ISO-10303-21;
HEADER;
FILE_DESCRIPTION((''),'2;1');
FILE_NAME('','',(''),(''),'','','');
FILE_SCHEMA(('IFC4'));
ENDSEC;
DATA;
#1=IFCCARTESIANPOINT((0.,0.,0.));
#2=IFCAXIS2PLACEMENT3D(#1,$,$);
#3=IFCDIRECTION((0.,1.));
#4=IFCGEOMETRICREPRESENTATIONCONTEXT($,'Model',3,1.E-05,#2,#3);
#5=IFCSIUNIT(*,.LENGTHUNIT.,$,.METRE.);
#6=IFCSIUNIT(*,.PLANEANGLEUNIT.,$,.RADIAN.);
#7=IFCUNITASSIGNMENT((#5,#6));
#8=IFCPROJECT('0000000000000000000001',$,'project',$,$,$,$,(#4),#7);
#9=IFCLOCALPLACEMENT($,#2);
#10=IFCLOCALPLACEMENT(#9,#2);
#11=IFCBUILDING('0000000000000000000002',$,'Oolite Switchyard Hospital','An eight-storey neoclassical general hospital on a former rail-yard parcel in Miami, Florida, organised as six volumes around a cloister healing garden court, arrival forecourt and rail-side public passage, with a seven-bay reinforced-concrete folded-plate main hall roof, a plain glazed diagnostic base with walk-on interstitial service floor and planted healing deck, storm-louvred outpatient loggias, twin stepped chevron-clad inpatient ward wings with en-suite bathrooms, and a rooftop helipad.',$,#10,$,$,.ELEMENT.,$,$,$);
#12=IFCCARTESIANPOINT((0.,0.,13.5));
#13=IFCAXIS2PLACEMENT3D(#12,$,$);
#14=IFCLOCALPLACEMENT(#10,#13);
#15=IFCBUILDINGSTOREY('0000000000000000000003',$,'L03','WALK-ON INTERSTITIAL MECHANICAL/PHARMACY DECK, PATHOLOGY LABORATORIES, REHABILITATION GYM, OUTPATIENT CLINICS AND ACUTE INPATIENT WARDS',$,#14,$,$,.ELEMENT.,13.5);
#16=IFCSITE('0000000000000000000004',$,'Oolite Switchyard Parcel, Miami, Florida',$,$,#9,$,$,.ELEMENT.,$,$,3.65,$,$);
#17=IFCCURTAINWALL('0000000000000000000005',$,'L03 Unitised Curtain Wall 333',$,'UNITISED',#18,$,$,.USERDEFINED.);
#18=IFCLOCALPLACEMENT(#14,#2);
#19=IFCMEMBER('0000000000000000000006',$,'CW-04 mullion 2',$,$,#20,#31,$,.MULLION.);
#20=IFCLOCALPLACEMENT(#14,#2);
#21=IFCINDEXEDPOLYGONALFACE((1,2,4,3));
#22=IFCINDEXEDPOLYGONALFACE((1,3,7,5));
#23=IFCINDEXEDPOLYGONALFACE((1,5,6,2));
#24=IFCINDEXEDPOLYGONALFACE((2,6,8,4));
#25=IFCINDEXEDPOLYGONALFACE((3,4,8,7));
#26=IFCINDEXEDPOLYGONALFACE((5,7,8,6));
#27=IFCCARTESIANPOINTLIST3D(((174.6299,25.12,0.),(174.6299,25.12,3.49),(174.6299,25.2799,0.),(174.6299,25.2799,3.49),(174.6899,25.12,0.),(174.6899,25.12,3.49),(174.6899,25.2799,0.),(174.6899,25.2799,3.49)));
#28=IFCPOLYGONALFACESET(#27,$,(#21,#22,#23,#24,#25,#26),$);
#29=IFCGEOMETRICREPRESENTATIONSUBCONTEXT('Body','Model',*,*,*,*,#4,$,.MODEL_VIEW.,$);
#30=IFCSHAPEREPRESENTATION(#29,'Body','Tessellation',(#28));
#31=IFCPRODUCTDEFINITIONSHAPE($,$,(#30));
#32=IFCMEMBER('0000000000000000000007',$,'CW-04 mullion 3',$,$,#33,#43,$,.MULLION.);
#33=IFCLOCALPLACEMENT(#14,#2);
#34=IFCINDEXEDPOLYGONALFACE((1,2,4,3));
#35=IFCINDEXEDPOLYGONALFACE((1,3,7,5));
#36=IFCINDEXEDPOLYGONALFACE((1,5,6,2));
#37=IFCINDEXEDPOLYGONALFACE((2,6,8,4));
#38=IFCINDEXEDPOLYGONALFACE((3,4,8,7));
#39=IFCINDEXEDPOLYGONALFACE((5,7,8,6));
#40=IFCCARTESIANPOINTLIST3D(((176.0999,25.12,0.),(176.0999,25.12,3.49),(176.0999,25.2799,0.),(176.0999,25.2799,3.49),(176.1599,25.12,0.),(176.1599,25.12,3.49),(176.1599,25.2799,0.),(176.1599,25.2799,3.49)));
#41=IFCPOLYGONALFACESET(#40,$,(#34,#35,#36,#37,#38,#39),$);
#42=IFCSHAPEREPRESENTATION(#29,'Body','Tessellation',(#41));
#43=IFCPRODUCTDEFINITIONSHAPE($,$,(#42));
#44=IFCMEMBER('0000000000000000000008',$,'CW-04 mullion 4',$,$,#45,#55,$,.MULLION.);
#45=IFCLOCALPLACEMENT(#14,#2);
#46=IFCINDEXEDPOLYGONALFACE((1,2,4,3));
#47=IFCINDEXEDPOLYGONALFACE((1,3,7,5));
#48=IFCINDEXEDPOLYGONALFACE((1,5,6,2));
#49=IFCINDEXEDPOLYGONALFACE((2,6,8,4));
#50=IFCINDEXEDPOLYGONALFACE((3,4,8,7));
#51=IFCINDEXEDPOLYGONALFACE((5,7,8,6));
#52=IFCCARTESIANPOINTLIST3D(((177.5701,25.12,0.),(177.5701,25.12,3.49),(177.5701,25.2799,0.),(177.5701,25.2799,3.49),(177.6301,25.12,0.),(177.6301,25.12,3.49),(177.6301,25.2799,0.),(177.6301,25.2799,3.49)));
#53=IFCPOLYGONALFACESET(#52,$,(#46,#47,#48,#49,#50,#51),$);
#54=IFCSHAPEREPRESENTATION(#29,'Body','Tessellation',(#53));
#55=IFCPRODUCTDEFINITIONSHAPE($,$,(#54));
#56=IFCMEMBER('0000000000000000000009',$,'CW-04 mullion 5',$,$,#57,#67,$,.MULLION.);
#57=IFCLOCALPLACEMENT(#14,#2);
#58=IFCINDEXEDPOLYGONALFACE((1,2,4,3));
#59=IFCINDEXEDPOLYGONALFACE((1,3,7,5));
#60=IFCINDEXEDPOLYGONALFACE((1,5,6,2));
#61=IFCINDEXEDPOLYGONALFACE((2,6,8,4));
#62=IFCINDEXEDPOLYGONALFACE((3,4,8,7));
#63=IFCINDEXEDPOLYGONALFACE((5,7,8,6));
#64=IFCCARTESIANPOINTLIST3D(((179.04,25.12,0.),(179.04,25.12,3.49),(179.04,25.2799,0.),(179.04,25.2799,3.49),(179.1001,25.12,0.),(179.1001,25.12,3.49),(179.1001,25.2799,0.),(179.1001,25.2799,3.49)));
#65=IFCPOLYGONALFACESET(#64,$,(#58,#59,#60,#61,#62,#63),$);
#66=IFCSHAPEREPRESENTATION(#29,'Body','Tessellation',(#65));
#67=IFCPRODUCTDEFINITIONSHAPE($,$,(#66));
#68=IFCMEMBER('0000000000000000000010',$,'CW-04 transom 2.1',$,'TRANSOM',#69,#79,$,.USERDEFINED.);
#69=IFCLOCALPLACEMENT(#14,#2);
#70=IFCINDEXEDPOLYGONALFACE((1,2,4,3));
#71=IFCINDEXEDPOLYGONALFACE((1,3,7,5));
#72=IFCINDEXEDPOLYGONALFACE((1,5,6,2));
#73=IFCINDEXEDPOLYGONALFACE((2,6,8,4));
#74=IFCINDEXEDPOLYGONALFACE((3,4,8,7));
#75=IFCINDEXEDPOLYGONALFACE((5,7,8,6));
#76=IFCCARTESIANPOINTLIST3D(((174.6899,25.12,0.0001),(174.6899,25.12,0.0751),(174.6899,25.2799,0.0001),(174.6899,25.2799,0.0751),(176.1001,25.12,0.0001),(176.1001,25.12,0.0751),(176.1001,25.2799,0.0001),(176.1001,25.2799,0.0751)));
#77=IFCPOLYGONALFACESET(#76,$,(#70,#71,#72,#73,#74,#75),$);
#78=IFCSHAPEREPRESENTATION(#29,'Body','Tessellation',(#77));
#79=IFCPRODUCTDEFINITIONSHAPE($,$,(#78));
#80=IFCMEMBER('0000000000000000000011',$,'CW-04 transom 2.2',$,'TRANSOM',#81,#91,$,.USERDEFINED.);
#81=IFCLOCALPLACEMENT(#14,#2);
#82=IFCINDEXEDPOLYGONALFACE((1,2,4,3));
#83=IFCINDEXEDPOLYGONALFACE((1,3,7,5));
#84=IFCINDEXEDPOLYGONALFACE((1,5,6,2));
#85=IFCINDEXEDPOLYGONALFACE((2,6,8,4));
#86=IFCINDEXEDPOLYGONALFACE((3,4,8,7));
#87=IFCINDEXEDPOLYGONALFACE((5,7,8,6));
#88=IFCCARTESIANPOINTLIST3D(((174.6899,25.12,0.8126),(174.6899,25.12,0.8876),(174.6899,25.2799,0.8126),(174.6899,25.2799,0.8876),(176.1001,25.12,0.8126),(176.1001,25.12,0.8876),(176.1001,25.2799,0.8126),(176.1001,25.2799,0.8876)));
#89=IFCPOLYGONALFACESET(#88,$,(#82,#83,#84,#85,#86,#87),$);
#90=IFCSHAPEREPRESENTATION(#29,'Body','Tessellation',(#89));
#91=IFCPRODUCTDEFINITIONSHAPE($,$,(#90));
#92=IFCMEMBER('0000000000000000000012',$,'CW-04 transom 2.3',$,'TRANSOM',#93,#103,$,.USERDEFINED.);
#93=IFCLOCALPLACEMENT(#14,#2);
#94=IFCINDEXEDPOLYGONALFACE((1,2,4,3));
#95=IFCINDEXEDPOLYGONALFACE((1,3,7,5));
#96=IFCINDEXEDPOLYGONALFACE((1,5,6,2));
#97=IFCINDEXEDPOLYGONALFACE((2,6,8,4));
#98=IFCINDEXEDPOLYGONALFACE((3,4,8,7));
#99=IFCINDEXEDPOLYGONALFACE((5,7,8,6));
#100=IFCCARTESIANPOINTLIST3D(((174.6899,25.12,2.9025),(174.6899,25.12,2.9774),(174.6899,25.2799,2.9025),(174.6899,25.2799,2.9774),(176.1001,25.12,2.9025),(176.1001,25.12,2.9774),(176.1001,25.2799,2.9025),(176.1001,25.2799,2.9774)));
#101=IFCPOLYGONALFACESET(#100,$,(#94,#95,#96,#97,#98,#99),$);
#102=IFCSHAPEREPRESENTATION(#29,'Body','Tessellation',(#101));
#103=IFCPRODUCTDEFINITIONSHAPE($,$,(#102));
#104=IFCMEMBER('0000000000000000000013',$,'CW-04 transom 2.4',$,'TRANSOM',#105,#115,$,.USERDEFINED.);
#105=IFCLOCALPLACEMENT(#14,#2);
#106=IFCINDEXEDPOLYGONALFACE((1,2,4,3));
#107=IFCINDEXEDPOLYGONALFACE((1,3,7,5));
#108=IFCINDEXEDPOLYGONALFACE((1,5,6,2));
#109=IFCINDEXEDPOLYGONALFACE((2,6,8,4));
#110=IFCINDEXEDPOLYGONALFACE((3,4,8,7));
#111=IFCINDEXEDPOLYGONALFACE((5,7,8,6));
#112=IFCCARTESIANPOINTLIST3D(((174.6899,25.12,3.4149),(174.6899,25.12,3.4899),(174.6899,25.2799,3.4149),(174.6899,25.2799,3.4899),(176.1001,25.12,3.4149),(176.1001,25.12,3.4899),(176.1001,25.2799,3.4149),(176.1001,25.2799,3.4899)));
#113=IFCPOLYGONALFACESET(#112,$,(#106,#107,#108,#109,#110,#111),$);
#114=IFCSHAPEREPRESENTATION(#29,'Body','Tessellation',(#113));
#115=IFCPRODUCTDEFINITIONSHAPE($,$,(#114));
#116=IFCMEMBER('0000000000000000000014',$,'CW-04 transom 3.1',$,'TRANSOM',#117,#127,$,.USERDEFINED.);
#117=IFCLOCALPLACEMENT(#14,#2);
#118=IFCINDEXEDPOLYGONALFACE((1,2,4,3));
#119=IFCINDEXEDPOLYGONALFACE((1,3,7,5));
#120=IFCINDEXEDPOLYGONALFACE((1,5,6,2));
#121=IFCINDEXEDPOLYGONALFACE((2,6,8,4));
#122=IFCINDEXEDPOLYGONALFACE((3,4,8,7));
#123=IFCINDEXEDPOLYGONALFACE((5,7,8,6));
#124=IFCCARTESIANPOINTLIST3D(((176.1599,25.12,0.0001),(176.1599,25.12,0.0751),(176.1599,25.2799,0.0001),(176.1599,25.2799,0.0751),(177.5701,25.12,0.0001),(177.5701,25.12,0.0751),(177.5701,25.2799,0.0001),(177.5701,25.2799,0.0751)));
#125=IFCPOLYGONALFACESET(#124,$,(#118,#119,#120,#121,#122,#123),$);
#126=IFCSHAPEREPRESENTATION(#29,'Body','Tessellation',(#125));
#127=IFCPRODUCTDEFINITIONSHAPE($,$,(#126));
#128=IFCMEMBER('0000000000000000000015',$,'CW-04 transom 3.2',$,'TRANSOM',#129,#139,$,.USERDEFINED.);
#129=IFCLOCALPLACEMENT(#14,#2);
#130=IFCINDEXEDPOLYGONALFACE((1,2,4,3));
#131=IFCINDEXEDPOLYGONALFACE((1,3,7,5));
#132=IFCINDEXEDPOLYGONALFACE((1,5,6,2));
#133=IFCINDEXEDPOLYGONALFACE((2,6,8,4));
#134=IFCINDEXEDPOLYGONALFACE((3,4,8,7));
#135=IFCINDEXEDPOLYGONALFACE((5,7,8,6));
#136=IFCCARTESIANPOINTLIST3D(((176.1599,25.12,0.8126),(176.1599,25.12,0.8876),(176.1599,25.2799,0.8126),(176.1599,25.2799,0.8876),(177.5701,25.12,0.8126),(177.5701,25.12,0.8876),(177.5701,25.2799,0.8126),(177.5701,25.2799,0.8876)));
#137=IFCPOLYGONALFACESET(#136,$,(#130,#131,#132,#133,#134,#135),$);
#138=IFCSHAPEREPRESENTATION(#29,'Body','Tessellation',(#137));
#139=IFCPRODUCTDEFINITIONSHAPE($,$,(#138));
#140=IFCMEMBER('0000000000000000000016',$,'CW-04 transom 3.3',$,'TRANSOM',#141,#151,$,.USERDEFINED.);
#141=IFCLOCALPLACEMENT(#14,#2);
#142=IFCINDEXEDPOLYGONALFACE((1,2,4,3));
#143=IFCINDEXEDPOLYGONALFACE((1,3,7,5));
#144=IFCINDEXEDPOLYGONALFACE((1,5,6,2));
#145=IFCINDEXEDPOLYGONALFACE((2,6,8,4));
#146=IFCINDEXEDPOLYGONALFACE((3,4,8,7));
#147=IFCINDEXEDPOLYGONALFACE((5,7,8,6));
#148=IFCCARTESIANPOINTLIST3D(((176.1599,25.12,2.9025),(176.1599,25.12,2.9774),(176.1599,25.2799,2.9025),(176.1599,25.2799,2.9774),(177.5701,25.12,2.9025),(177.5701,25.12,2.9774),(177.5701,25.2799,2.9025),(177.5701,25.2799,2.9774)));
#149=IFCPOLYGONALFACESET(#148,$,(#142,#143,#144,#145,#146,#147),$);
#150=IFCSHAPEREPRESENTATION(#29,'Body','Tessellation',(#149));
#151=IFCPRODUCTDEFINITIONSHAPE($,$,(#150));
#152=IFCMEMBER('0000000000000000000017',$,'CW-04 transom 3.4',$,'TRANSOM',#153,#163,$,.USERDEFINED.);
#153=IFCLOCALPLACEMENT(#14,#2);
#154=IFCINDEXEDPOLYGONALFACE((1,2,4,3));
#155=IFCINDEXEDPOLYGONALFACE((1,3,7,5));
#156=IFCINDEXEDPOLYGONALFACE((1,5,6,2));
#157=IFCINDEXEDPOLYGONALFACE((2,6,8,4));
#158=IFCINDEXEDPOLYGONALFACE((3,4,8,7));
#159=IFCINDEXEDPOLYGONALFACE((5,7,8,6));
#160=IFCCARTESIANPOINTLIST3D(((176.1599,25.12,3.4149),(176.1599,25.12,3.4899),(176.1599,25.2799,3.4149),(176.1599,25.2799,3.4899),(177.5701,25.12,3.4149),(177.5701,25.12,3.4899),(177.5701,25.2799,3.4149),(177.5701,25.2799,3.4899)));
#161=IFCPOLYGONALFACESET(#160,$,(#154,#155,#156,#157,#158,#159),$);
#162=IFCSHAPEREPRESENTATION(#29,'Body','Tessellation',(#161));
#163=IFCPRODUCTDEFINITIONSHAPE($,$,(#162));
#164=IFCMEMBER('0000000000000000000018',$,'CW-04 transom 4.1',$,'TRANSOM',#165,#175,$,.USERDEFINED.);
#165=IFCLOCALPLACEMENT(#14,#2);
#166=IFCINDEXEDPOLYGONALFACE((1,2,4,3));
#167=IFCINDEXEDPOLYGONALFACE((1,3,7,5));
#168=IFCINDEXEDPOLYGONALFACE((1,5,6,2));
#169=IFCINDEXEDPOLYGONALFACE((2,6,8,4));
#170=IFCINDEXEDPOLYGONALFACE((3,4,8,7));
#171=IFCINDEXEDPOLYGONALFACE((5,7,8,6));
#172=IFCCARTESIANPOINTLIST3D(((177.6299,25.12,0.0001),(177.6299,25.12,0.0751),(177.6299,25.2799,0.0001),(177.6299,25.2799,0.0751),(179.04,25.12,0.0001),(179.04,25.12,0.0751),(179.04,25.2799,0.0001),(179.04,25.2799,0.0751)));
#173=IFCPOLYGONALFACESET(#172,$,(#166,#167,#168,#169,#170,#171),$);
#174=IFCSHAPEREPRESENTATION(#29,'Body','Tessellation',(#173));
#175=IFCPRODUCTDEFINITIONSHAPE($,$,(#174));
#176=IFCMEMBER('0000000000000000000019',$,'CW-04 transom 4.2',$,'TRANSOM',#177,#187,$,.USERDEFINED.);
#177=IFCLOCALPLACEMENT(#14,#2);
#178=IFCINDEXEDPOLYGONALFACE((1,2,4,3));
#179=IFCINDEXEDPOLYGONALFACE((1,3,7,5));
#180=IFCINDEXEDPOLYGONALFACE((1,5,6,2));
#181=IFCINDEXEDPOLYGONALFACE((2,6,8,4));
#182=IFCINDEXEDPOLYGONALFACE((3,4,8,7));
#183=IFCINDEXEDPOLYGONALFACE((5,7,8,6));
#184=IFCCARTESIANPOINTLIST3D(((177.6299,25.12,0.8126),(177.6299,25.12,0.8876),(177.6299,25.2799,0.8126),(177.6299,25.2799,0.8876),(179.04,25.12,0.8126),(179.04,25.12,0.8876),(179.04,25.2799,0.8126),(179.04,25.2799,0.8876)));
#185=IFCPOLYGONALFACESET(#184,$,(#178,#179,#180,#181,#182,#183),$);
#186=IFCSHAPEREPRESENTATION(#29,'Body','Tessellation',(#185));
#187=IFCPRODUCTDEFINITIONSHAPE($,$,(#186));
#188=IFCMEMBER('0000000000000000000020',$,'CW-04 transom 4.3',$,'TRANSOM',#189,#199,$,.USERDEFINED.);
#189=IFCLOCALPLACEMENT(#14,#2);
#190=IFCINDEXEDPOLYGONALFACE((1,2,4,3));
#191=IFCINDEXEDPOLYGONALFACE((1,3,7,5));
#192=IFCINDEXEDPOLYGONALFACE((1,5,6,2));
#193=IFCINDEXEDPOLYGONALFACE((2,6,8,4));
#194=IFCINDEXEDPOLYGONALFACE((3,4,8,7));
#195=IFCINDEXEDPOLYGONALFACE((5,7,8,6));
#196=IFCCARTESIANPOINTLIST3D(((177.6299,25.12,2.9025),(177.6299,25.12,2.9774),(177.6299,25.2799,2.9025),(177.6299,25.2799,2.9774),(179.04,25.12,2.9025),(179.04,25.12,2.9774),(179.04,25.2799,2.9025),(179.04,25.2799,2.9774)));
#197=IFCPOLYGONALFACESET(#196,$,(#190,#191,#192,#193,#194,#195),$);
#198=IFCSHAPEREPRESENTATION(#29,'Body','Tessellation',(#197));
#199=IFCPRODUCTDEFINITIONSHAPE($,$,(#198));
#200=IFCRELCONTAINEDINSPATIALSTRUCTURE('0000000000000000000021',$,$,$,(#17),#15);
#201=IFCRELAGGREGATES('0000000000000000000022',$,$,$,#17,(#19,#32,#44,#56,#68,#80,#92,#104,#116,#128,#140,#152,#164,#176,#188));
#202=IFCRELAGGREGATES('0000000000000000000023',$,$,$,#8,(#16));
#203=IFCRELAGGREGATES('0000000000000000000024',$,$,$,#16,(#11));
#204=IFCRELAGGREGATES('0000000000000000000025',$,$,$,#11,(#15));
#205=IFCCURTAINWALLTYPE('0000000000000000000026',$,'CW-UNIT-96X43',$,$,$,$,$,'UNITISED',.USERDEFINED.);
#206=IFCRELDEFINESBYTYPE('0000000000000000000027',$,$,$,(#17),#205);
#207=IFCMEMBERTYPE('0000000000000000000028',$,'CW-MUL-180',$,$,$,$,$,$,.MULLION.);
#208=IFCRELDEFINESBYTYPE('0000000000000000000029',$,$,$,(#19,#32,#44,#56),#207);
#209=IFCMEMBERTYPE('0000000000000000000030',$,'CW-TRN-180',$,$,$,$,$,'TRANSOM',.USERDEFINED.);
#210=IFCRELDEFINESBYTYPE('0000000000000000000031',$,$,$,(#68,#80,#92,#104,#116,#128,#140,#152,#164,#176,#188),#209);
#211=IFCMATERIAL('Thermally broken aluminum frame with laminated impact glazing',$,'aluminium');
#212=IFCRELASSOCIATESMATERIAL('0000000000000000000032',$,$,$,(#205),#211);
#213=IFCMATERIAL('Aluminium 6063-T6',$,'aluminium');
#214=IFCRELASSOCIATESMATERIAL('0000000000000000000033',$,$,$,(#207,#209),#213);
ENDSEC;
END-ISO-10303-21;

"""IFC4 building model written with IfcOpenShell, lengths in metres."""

from ifc_helpers import new_model, si_unit, direction, frame, origin, origin_2d, place, context, subcontext, project, spatial, rectangle, extrude, material, material_profile, profile_set, type_object, element, aggregate, save


model = new_model("IFC4")

# Units and contexts
model_context = context("Model", 3, precision=1e-05, world=origin(), true_north=direction((0.0, 1.0)))
body_context = subcontext(model_context, "Body", "Model", "MODEL_VIEW")
ifc_project = project(units=[si_unit("LENGTHUNIT", "METRE"), si_unit("PLANEANGLEUNIT", "RADIAN")], contexts=[model_context])

# Site, building, storey
site_placement = place(None, origin())
site = spatial("IfcSite", under=ifc_project, at=site_placement, Name="Oolite Switchyard Parcel, Miami, Florida", CompositionType="ELEMENT", RefElevation=3.65)
building_placement = place(site_placement, origin())
building = spatial("IfcBuilding", under=site, at=building_placement, Name="Oolite Switchyard Hospital", Description="An eight-storey neoclassical general hospital on a former rail-yard parcel in Miami, Florida, organised as six volumes around a cloister healing garden court, arrival forecourt and rail-side public passage, with a seven-bay reinforced-concrete folded-plate main hall roof, a plain glazed diagnostic base with walk-on interstitial service floor and planted healing deck, storm-louvred outpatient loggias, twin stepped chevron-clad inpatient ward wings with en-suite bathrooms, and a rooftop helipad.", CompositionType="ELEMENT")
storey_placement = place(building_placement, frame((0.0, 0.0, 13.5)))
storey = spatial("IfcBuildingStorey", under=building, at=storey_placement, Name="L03", Description="WALK-ON INTERSTITIAL MECHANICAL/PHARMACY DECK, PATHOLOGY LABORATORIES, REHABILITATION GYM, OUTPATIENT CLINICS AND ACUTE INPATIENT WARDS", CompositionType="ELEMENT", Elevation=13.5)

# Curtain wall, members
ifc_material_1 = material(Name="Thermally broken aluminum frame with laminated impact glazing", Category="aluminium")
curtain_wall_type = type_object("IfcCurtainWallType", Name="CW-UNIT-96X43", ElementType="UNITISED", PredefinedType="USERDEFINED", material=ifc_material_1)
curtain_wall_placement = place(storey_placement, origin())
curtain_wall = element("IfcCurtainWall", 1, at=curtain_wall_placement, inside=storey, type_object=curtain_wall_type, Name="L03 Unitised Curtain Wall 333", ObjectType="UNITISED", PredefinedType="USERDEFINED")
ifc_material_2 = material(Name="Aluminium 6063-T6", Category="aluminium")
ifc_material_profile_1 = material_profile(ifc_material_2, rectangle(XDim=0.1599, YDim=0.0601, at=origin_2d()), Name="CWM60X160")
ifc_profile_set_1 = profile_set([ifc_material_profile_1], Name="Aluminium 6063-T6")
member_type_1 = type_object("IfcMemberType", Name="CW-MUL-180", PredefinedType="MULLION", material=ifc_profile_set_1)
member_1_placement = place(storey_placement, frame((174.6599, 25.2, 0.0), z_axis=(0.0, 0.0, 1.0), x_axis=(0.0, 1.0, 0.0)))
member_1 = element("IfcMember", 2, at=member_1_placement, type_object=member_type_1, Name="CW-04 mullion 2", PredefinedType="MULLION", context=body_context, shape_type="SweptSolid", body=[
    extrude(rectangle(XDim=0.1599, YDim=0.0601, at=origin_2d()), origin(), (0.0, 0.0, 1.0), 3.49),
])
member_2_placement = place(storey_placement, frame((176.1299, 25.2, 0.0), z_axis=(0.0, 0.0, 1.0), x_axis=(0.0, 1.0, 0.0)))
member_2 = element("IfcMember", 3, at=member_2_placement, type_object=member_type_1, Name="CW-04 mullion 3", PredefinedType="MULLION", context=body_context, shape_type="SweptSolid", body=[
    extrude(rectangle(XDim=0.1599, YDim=0.0601, at=origin_2d()), origin(), (0.0, 0.0, 1.0), 3.49),
])
member_3_placement = place(storey_placement, frame((177.6001, 25.2, 0.0), z_axis=(0.0, 0.0, 1.0), x_axis=(0.0, 1.0, 0.0)))
member_3 = element("IfcMember", 4, at=member_3_placement, type_object=member_type_1, Name="CW-04 mullion 4", PredefinedType="MULLION", context=body_context, shape_type="SweptSolid", body=[
    extrude(rectangle(XDim=0.1599, YDim=0.0601, at=origin_2d()), origin(), (0.0, 0.0, 1.0), 3.49),
])
member_4_placement = place(storey_placement, frame((179.0701, 25.2, 0.0), z_axis=(0.0, 0.0, 1.0), x_axis=(0.0, 1.0, 0.0)))
member_4 = element("IfcMember", 5, at=member_4_placement, type_object=member_type_1, Name="CW-04 mullion 5", PredefinedType="MULLION", context=body_context, shape_type="SweptSolid", body=[
    extrude(rectangle(XDim=0.1599, YDim=0.0601, at=origin_2d()), origin(), (0.0, 0.0, 1.0), 3.49),
])
ifc_material_profile_2 = material_profile(ifc_material_2, rectangle(XDim=0.1599, YDim=0.075, at=origin_2d()), Name="CWT75X160")
ifc_profile_set_2 = profile_set([ifc_material_profile_2], Name="Aluminium 6063-T6")
member_type_2 = type_object("IfcMemberType", Name="CW-TRN-180", ElementType="TRANSOM", PredefinedType="USERDEFINED", material=ifc_profile_set_2)
member_5_placement = place(storey_placement, frame((174.6899, 25.2, 0.0376), z_axis=(1.0, 0.0, 0.0), x_axis=(0.0, 1.0, 0.0)))
member_5 = element("IfcMember", 6, at=member_5_placement, type_object=member_type_2, Name="CW-04 transom 2.1", ObjectType="TRANSOM", PredefinedType="USERDEFINED", context=body_context, shape_type="SweptSolid", body=[
    extrude(rectangle(XDim=0.1599, YDim=0.075, at=origin_2d()), origin(), (0.0, 0.0, 1.0), 1.4102),
])
member_6_placement = place(storey_placement, frame((174.6899, 25.2, 0.8501), z_axis=(1.0, 0.0, 0.0), x_axis=(0.0, 1.0, 0.0)))
member_6 = element("IfcMember", 7, at=member_6_placement, type_object=member_type_2, Name="CW-04 transom 2.2", ObjectType="TRANSOM", PredefinedType="USERDEFINED", context=body_context, shape_type="SweptSolid", body=[
    extrude(rectangle(XDim=0.1599, YDim=0.075, at=origin_2d()), origin(), (0.0, 0.0, 1.0), 1.4102),
])
member_7_placement = place(storey_placement, frame((174.6899, 25.2, 2.9399), z_axis=(1.0, 0.0, 0.0), x_axis=(0.0, 1.0, 0.0)))
member_7 = element("IfcMember", 8, at=member_7_placement, type_object=member_type_2, Name="CW-04 transom 2.3", ObjectType="TRANSOM", PredefinedType="USERDEFINED", context=body_context, shape_type="SweptSolid", body=[
    extrude(rectangle(XDim=0.1599, YDim=0.075, at=origin_2d()), origin(), (0.0, 0.0, 1.0), 1.4102),
])
member_8_placement = place(storey_placement, frame((174.6899, 25.2, 3.4524), z_axis=(1.0, 0.0, 0.0), x_axis=(0.0, 1.0, 0.0)))
member_8 = element("IfcMember", 9, at=member_8_placement, type_object=member_type_2, Name="CW-04 transom 2.4", ObjectType="TRANSOM", PredefinedType="USERDEFINED", context=body_context, shape_type="SweptSolid", body=[
    extrude(rectangle(XDim=0.1599, YDim=0.075, at=origin_2d()), origin(), (0.0, 0.0, 1.0), 1.4102),
])
member_9_placement = place(storey_placement, frame((176.1599, 25.2, 0.0376), z_axis=(1.0, 0.0, 0.0), x_axis=(0.0, 1.0, 0.0)))
member_9 = element("IfcMember", 10, at=member_9_placement, type_object=member_type_2, Name="CW-04 transom 3.1", ObjectType="TRANSOM", PredefinedType="USERDEFINED", context=body_context, shape_type="SweptSolid", body=[
    extrude(rectangle(XDim=0.1599, YDim=0.075, at=origin_2d()), origin(), (0.0, 0.0, 1.0), 1.4102),
])
member_10_placement = place(storey_placement, frame((176.1599, 25.2, 0.8501), z_axis=(1.0, 0.0, 0.0), x_axis=(0.0, 1.0, 0.0)))
member_10 = element("IfcMember", 11, at=member_10_placement, type_object=member_type_2, Name="CW-04 transom 3.2", ObjectType="TRANSOM", PredefinedType="USERDEFINED", context=body_context, shape_type="SweptSolid", body=[
    extrude(rectangle(XDim=0.1599, YDim=0.075, at=origin_2d()), origin(), (0.0, 0.0, 1.0), 1.4102),
])
member_11_placement = place(storey_placement, frame((176.1599, 25.2, 2.9399), z_axis=(1.0, 0.0, 0.0), x_axis=(0.0, 1.0, 0.0)))
member_11 = element("IfcMember", 12, at=member_11_placement, type_object=member_type_2, Name="CW-04 transom 3.3", ObjectType="TRANSOM", PredefinedType="USERDEFINED", context=body_context, shape_type="SweptSolid", body=[
    extrude(rectangle(XDim=0.1599, YDim=0.075, at=origin_2d()), origin(), (0.0, 0.0, 1.0), 1.4102),
])
member_12_placement = place(storey_placement, frame((176.1599, 25.2, 3.4524), z_axis=(1.0, 0.0, 0.0), x_axis=(0.0, 1.0, 0.0)))
member_12 = element("IfcMember", 13, at=member_12_placement, type_object=member_type_2, Name="CW-04 transom 3.4", ObjectType="TRANSOM", PredefinedType="USERDEFINED", context=body_context, shape_type="SweptSolid", body=[
    extrude(rectangle(XDim=0.1599, YDim=0.075, at=origin_2d()), origin(), (0.0, 0.0, 1.0), 1.4102),
])
member_13_placement = place(storey_placement, frame((177.6299, 25.2, 0.0376), z_axis=(1.0, 0.0, 0.0), x_axis=(0.0, 1.0, 0.0)))
member_13 = element("IfcMember", 14, at=member_13_placement, type_object=member_type_2, Name="CW-04 transom 4.1", ObjectType="TRANSOM", PredefinedType="USERDEFINED", context=body_context, shape_type="SweptSolid", body=[
    extrude(rectangle(XDim=0.1599, YDim=0.075, at=origin_2d()), origin(), (0.0, 0.0, 1.0), 1.4102),
])
member_14_placement = place(storey_placement, frame((177.6299, 25.2, 0.8501), z_axis=(1.0, 0.0, 0.0), x_axis=(0.0, 1.0, 0.0)))
member_14 = element("IfcMember", 15, at=member_14_placement, type_object=member_type_2, Name="CW-04 transom 4.2", ObjectType="TRANSOM", PredefinedType="USERDEFINED", context=body_context, shape_type="SweptSolid", body=[
    extrude(rectangle(XDim=0.1599, YDim=0.075, at=origin_2d()), origin(), (0.0, 0.0, 1.0), 1.4102),
])
member_15_placement = place(storey_placement, frame((177.6299, 25.2, 2.9399), z_axis=(1.0, 0.0, 0.0), x_axis=(0.0, 1.0, 0.0)))
member_15 = element("IfcMember", 16, at=member_15_placement, type_object=member_type_2, Name="CW-04 transom 4.3", ObjectType="TRANSOM", PredefinedType="USERDEFINED", context=body_context, shape_type="SweptSolid", body=[
    extrude(rectangle(XDim=0.1599, YDim=0.075, at=origin_2d()), origin(), (0.0, 0.0, 1.0), 1.4102),
])
aggregate(curtain_wall, [member_1, member_2, member_3, member_4, member_5, member_6, member_7, member_8, member_9, member_10, member_11, member_12, member_13, member_14, member_15])

save(model, "model.ifc")
